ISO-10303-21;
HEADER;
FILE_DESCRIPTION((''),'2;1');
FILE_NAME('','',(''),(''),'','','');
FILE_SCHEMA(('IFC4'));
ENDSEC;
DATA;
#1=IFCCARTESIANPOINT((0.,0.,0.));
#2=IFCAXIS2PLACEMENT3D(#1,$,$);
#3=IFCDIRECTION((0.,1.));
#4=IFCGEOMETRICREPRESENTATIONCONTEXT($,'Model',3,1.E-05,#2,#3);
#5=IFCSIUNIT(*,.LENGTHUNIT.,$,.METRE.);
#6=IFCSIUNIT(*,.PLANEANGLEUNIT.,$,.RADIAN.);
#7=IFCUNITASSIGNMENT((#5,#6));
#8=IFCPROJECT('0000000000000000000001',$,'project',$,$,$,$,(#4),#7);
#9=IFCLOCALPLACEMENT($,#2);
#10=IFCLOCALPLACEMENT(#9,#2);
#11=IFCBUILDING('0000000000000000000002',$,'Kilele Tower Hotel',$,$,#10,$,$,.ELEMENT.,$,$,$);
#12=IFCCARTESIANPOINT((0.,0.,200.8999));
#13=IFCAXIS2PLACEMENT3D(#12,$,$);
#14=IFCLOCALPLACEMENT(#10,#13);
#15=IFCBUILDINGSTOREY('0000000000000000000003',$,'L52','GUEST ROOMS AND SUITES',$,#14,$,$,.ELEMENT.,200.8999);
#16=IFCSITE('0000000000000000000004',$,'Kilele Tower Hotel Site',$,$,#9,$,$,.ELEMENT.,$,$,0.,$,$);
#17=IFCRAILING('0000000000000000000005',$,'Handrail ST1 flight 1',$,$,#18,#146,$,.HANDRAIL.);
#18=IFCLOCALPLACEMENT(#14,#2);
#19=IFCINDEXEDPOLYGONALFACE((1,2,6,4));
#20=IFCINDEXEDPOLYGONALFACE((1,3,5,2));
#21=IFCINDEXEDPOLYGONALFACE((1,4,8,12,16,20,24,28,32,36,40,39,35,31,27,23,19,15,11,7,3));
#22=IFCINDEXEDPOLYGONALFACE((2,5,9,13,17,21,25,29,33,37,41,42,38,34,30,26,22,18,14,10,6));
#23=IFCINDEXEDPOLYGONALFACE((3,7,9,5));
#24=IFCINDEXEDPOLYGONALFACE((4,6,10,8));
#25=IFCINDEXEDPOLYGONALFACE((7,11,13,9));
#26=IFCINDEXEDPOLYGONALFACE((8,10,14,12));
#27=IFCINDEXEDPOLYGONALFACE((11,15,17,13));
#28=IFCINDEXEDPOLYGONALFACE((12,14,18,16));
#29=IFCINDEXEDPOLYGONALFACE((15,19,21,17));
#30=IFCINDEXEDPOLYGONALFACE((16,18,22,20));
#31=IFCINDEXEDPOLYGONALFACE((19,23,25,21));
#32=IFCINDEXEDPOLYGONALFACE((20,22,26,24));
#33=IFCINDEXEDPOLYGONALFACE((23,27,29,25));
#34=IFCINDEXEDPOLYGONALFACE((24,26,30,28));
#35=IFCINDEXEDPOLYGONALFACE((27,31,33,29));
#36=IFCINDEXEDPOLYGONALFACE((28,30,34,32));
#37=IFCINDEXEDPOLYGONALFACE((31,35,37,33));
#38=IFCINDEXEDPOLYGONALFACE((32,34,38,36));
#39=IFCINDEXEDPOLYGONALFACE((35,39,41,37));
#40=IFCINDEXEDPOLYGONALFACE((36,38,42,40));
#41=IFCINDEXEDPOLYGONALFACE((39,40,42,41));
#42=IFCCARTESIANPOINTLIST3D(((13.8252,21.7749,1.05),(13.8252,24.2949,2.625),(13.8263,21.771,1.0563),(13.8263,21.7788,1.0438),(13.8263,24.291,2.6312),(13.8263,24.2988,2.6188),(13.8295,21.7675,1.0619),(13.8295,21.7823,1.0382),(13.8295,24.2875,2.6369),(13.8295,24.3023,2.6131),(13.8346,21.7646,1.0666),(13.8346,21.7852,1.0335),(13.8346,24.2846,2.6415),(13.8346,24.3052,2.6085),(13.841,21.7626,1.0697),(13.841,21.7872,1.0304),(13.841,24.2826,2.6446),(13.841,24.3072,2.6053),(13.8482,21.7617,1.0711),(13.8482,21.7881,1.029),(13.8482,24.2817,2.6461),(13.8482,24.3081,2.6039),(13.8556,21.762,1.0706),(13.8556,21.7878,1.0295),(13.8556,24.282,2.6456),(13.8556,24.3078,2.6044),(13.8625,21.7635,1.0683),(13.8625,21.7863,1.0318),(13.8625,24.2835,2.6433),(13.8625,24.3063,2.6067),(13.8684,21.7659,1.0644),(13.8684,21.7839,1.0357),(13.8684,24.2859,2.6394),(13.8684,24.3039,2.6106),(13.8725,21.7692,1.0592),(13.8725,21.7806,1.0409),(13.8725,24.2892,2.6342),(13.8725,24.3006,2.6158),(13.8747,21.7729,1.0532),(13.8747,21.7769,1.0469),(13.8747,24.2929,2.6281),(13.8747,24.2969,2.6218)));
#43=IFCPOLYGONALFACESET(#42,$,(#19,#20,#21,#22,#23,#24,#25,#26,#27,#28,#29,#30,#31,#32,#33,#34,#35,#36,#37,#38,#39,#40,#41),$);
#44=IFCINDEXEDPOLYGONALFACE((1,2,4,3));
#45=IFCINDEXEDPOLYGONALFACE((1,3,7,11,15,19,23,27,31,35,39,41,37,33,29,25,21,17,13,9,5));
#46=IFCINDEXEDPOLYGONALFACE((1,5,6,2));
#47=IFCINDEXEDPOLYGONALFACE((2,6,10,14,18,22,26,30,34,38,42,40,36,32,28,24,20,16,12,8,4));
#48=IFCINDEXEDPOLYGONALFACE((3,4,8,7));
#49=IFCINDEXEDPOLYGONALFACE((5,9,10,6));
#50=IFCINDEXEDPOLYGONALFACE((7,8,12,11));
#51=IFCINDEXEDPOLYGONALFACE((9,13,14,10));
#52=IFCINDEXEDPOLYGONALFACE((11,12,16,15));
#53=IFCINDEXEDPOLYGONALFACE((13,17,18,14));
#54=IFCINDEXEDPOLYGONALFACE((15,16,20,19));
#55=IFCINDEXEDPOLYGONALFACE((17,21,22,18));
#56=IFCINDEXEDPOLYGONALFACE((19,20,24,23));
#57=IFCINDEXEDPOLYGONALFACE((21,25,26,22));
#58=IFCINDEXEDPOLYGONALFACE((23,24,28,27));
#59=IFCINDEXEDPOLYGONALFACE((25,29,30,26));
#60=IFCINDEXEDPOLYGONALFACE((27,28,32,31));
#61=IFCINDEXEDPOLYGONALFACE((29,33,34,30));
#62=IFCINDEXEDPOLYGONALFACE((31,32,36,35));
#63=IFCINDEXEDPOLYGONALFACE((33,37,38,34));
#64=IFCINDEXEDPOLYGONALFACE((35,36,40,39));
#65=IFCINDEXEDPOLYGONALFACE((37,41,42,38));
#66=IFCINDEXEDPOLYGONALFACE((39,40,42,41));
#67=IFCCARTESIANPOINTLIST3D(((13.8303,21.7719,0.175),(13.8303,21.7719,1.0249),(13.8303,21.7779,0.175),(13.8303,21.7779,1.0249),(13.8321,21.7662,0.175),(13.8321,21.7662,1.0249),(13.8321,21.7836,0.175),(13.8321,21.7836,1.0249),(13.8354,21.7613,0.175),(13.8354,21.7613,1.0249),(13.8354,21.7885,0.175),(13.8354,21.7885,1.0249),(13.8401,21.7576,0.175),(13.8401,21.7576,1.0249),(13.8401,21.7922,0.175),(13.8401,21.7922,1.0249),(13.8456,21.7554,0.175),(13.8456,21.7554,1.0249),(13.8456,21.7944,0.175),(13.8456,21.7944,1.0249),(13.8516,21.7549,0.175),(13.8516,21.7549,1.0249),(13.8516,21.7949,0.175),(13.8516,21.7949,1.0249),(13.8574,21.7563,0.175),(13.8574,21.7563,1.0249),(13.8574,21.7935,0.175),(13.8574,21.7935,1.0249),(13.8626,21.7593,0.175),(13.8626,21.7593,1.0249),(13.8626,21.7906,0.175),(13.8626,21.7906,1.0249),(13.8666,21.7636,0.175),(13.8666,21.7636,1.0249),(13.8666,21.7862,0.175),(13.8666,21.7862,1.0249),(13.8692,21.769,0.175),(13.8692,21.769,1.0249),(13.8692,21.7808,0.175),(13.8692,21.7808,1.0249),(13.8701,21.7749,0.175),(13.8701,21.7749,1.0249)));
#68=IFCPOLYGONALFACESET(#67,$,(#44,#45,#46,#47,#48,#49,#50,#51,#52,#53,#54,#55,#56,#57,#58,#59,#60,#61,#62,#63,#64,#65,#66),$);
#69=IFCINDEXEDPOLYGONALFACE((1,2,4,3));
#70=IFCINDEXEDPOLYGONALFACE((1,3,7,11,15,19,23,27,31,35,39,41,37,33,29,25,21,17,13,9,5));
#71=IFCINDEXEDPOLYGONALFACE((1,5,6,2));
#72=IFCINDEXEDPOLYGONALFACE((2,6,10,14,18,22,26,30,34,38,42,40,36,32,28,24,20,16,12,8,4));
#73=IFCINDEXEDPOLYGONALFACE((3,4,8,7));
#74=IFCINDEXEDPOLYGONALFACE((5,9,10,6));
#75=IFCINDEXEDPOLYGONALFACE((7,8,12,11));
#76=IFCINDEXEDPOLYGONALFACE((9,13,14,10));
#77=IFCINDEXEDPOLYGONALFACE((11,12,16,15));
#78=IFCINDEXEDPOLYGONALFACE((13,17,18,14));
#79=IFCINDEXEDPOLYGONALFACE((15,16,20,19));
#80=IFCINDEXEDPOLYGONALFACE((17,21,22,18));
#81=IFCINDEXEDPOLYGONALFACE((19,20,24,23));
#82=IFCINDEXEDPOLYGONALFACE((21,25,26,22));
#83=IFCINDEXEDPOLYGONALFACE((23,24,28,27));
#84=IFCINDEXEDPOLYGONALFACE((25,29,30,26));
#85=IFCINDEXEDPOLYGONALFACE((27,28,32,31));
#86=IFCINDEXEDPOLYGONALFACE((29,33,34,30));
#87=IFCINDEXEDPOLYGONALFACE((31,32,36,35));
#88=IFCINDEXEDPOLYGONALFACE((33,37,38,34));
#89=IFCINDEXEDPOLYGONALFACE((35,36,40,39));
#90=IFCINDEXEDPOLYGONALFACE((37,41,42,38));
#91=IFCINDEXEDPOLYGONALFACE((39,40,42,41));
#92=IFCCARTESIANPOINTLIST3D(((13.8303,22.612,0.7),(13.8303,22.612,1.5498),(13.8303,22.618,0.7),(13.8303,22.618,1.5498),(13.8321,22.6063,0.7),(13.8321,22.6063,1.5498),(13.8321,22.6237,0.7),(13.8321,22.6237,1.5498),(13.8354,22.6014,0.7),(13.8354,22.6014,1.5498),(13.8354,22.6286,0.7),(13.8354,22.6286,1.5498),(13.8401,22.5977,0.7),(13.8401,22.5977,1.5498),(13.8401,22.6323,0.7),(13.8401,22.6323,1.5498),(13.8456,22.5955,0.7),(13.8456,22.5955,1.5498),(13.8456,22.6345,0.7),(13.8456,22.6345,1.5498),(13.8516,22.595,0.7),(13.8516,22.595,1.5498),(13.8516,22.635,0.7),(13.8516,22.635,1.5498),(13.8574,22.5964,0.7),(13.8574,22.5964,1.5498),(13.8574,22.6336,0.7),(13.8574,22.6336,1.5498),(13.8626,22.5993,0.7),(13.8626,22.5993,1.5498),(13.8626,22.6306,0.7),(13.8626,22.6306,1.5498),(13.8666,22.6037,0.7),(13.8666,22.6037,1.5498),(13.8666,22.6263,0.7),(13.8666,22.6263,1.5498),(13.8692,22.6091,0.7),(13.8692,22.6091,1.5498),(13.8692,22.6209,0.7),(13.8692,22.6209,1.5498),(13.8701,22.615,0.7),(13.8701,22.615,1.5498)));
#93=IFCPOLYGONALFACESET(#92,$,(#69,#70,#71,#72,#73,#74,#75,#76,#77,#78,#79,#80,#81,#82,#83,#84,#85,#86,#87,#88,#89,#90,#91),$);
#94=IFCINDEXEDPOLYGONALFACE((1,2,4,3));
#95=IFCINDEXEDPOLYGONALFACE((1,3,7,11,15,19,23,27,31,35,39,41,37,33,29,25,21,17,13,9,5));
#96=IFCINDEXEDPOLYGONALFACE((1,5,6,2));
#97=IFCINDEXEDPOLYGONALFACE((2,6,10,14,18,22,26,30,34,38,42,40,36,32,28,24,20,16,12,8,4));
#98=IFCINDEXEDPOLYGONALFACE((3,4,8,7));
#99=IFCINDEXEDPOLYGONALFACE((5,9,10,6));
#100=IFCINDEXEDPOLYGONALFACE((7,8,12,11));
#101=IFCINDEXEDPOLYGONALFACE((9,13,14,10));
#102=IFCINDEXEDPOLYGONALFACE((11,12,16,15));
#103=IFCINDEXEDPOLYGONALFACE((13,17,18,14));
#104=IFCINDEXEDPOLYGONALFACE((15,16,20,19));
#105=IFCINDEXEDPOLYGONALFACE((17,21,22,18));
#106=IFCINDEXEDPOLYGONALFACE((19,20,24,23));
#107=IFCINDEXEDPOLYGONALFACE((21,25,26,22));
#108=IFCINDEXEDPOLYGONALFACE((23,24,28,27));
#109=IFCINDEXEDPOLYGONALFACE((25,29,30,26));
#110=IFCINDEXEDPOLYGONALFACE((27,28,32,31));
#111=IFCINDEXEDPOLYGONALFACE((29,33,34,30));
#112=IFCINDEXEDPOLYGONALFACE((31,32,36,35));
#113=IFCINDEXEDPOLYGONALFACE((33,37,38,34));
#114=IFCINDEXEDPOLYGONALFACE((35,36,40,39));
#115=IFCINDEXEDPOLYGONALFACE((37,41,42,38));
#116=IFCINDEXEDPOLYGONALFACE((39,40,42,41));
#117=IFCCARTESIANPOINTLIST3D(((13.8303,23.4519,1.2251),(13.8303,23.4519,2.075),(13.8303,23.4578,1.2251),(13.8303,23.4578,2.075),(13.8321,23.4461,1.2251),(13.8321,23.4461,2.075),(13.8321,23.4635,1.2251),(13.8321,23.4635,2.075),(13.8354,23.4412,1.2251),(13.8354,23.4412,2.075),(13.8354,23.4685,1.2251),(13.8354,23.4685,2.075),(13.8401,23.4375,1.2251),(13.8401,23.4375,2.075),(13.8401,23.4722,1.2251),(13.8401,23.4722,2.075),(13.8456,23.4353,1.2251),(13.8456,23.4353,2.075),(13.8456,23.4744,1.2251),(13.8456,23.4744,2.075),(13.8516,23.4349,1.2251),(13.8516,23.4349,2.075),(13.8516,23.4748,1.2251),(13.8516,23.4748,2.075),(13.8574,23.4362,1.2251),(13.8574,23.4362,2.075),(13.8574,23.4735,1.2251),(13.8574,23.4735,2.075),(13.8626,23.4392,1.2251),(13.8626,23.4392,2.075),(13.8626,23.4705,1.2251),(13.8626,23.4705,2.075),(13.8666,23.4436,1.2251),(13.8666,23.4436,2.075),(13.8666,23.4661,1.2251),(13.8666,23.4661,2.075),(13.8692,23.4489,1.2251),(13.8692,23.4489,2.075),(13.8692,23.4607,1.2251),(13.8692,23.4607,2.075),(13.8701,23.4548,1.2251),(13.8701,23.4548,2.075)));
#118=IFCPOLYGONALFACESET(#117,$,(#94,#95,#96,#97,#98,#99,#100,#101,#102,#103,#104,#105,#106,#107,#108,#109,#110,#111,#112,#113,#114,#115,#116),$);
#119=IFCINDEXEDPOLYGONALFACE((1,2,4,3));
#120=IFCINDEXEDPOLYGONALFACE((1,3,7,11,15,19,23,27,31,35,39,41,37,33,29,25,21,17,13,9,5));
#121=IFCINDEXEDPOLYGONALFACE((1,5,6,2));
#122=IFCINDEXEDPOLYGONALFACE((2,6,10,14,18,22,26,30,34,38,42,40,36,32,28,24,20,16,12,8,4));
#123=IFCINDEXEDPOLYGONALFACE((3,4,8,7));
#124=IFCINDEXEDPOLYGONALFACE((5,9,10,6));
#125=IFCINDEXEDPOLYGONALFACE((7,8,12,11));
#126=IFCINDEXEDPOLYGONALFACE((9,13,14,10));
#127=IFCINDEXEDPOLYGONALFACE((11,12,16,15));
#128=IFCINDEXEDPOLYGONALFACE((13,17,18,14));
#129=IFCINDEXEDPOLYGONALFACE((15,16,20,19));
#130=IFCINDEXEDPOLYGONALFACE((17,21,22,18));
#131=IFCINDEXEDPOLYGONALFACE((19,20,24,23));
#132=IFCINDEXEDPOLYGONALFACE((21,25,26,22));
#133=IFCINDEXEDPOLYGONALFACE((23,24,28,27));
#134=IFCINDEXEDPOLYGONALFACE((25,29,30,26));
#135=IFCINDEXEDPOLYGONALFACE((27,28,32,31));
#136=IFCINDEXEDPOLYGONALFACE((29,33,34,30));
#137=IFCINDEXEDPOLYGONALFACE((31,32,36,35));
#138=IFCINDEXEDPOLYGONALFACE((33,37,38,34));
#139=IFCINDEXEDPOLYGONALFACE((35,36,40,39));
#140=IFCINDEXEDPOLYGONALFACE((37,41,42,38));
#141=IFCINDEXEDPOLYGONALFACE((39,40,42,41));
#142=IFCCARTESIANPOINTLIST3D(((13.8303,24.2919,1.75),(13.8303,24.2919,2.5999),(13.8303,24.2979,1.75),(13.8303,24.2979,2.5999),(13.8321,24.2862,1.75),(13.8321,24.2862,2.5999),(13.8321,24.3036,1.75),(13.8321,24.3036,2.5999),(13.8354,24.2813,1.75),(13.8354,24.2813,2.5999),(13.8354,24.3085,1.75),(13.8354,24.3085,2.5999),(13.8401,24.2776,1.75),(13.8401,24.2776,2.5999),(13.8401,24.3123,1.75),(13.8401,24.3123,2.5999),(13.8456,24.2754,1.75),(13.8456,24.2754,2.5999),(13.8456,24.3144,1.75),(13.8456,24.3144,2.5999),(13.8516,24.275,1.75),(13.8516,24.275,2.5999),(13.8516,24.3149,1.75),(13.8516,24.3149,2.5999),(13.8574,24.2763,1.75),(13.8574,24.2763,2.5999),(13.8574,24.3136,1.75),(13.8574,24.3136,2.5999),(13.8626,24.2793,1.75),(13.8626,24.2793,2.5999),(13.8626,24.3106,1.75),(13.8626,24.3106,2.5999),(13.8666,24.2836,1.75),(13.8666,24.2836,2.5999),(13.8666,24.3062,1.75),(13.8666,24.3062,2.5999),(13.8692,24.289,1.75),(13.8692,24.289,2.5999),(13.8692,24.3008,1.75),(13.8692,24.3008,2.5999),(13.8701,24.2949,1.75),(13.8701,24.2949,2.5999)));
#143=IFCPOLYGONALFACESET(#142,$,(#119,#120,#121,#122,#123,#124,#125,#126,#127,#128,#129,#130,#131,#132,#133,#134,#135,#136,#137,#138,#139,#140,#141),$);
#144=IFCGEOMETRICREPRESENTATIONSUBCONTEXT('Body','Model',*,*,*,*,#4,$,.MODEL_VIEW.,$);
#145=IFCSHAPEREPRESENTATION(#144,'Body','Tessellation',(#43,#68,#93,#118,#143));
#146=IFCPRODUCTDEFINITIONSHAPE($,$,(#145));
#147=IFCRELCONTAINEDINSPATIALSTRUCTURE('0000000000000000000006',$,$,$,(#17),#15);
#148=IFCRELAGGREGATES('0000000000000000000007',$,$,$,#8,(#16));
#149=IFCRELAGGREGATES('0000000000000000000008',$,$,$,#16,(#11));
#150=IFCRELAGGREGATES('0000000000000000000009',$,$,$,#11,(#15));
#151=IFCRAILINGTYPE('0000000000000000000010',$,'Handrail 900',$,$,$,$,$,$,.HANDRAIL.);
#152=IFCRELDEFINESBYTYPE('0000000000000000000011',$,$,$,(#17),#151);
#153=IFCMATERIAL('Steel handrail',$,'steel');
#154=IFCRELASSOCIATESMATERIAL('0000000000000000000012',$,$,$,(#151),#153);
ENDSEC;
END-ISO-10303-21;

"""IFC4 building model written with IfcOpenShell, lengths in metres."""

from ifc_helpers import new_model, si_unit, direction, frame, origin, origin_2d, place, context, subcontext, project, spatial, circle, extrude, material, type_object, element, save


model = new_model("IFC4")

# Units and contexts
model_context = context("Model", 3, precision=1e-05, world=origin(), true_north=direction((0.0, 1.0)))
body_context = subcontext(model_context, "Body", "Model", "MODEL_VIEW")
ifc_project = project(units=[si_unit("LENGTHUNIT", "METRE"), si_unit("PLANEANGLEUNIT", "RADIAN")], contexts=[model_context])

# Site, building, storey
site_placement = place(None, origin())
site = spatial("IfcSite", under=ifc_project, at=site_placement, Name="Kilele Tower Hotel Site", CompositionType="ELEMENT", RefElevation=0.0)
building_placement = place(site_placement, origin())
building = spatial("IfcBuilding", under=site, at=building_placement, Name="Kilele Tower Hotel", CompositionType="ELEMENT")
storey_placement = place(building_placement, frame((0.0, 0.0, 200.8999)))
storey = spatial("IfcBuildingStorey", under=building, at=storey_placement, Name="L52", Description="GUEST ROOMS AND SUITES", CompositionType="ELEMENT", Elevation=200.8999)

# Railing
ifc_material_1 = material(Name="Steel handrail", Category="steel")
railing_type_1 = type_object("IfcRailingType", Name="Handrail 900", PredefinedType="HANDRAIL", material=ifc_material_1)
for number, where, name in (
    (1, (13.8501, 21.7749, 0.175), "Handrail ST1 flight 1"),
):
    element("IfcRailing", number, at=place(storey_placement, frame(where)), inside=storey, type_object=railing_type_1, Name=name, PredefinedType="HANDRAIL", context=body_context, shape_type="SweptSolid", body=[
        extrude(circle(Radius=0.0249, at=origin_2d()), frame((0.0, 0.0, 0.875), z_axis=(0.0, 0.848008, 0.529984), x_axis=(-1.0, 0.0, 0.0)), (0.0, 0.0, 1.0), 2.9717),
        extrude(circle(Radius=0.02, at=origin_2d()), origin(), (0.0, 0.0, 1.0), 0.8499),
        extrude(circle(Radius=0.02, at=origin_2d()), frame((0.0, 0.8401, 0.5249)), (0.0, 0.0, 1.0), 0.8499),
        extrude(circle(Radius=0.02, at=origin_2d()), frame((0.0, 1.6799, 1.05)), (0.0, 0.0, 1.0), 0.8499),
        extrude(circle(Radius=0.02, at=origin_2d()), frame((0.0, 2.52, 1.575)), (0.0, 0.0, 1.0), 0.8499),
    ])

save(model, "model.ifc")
